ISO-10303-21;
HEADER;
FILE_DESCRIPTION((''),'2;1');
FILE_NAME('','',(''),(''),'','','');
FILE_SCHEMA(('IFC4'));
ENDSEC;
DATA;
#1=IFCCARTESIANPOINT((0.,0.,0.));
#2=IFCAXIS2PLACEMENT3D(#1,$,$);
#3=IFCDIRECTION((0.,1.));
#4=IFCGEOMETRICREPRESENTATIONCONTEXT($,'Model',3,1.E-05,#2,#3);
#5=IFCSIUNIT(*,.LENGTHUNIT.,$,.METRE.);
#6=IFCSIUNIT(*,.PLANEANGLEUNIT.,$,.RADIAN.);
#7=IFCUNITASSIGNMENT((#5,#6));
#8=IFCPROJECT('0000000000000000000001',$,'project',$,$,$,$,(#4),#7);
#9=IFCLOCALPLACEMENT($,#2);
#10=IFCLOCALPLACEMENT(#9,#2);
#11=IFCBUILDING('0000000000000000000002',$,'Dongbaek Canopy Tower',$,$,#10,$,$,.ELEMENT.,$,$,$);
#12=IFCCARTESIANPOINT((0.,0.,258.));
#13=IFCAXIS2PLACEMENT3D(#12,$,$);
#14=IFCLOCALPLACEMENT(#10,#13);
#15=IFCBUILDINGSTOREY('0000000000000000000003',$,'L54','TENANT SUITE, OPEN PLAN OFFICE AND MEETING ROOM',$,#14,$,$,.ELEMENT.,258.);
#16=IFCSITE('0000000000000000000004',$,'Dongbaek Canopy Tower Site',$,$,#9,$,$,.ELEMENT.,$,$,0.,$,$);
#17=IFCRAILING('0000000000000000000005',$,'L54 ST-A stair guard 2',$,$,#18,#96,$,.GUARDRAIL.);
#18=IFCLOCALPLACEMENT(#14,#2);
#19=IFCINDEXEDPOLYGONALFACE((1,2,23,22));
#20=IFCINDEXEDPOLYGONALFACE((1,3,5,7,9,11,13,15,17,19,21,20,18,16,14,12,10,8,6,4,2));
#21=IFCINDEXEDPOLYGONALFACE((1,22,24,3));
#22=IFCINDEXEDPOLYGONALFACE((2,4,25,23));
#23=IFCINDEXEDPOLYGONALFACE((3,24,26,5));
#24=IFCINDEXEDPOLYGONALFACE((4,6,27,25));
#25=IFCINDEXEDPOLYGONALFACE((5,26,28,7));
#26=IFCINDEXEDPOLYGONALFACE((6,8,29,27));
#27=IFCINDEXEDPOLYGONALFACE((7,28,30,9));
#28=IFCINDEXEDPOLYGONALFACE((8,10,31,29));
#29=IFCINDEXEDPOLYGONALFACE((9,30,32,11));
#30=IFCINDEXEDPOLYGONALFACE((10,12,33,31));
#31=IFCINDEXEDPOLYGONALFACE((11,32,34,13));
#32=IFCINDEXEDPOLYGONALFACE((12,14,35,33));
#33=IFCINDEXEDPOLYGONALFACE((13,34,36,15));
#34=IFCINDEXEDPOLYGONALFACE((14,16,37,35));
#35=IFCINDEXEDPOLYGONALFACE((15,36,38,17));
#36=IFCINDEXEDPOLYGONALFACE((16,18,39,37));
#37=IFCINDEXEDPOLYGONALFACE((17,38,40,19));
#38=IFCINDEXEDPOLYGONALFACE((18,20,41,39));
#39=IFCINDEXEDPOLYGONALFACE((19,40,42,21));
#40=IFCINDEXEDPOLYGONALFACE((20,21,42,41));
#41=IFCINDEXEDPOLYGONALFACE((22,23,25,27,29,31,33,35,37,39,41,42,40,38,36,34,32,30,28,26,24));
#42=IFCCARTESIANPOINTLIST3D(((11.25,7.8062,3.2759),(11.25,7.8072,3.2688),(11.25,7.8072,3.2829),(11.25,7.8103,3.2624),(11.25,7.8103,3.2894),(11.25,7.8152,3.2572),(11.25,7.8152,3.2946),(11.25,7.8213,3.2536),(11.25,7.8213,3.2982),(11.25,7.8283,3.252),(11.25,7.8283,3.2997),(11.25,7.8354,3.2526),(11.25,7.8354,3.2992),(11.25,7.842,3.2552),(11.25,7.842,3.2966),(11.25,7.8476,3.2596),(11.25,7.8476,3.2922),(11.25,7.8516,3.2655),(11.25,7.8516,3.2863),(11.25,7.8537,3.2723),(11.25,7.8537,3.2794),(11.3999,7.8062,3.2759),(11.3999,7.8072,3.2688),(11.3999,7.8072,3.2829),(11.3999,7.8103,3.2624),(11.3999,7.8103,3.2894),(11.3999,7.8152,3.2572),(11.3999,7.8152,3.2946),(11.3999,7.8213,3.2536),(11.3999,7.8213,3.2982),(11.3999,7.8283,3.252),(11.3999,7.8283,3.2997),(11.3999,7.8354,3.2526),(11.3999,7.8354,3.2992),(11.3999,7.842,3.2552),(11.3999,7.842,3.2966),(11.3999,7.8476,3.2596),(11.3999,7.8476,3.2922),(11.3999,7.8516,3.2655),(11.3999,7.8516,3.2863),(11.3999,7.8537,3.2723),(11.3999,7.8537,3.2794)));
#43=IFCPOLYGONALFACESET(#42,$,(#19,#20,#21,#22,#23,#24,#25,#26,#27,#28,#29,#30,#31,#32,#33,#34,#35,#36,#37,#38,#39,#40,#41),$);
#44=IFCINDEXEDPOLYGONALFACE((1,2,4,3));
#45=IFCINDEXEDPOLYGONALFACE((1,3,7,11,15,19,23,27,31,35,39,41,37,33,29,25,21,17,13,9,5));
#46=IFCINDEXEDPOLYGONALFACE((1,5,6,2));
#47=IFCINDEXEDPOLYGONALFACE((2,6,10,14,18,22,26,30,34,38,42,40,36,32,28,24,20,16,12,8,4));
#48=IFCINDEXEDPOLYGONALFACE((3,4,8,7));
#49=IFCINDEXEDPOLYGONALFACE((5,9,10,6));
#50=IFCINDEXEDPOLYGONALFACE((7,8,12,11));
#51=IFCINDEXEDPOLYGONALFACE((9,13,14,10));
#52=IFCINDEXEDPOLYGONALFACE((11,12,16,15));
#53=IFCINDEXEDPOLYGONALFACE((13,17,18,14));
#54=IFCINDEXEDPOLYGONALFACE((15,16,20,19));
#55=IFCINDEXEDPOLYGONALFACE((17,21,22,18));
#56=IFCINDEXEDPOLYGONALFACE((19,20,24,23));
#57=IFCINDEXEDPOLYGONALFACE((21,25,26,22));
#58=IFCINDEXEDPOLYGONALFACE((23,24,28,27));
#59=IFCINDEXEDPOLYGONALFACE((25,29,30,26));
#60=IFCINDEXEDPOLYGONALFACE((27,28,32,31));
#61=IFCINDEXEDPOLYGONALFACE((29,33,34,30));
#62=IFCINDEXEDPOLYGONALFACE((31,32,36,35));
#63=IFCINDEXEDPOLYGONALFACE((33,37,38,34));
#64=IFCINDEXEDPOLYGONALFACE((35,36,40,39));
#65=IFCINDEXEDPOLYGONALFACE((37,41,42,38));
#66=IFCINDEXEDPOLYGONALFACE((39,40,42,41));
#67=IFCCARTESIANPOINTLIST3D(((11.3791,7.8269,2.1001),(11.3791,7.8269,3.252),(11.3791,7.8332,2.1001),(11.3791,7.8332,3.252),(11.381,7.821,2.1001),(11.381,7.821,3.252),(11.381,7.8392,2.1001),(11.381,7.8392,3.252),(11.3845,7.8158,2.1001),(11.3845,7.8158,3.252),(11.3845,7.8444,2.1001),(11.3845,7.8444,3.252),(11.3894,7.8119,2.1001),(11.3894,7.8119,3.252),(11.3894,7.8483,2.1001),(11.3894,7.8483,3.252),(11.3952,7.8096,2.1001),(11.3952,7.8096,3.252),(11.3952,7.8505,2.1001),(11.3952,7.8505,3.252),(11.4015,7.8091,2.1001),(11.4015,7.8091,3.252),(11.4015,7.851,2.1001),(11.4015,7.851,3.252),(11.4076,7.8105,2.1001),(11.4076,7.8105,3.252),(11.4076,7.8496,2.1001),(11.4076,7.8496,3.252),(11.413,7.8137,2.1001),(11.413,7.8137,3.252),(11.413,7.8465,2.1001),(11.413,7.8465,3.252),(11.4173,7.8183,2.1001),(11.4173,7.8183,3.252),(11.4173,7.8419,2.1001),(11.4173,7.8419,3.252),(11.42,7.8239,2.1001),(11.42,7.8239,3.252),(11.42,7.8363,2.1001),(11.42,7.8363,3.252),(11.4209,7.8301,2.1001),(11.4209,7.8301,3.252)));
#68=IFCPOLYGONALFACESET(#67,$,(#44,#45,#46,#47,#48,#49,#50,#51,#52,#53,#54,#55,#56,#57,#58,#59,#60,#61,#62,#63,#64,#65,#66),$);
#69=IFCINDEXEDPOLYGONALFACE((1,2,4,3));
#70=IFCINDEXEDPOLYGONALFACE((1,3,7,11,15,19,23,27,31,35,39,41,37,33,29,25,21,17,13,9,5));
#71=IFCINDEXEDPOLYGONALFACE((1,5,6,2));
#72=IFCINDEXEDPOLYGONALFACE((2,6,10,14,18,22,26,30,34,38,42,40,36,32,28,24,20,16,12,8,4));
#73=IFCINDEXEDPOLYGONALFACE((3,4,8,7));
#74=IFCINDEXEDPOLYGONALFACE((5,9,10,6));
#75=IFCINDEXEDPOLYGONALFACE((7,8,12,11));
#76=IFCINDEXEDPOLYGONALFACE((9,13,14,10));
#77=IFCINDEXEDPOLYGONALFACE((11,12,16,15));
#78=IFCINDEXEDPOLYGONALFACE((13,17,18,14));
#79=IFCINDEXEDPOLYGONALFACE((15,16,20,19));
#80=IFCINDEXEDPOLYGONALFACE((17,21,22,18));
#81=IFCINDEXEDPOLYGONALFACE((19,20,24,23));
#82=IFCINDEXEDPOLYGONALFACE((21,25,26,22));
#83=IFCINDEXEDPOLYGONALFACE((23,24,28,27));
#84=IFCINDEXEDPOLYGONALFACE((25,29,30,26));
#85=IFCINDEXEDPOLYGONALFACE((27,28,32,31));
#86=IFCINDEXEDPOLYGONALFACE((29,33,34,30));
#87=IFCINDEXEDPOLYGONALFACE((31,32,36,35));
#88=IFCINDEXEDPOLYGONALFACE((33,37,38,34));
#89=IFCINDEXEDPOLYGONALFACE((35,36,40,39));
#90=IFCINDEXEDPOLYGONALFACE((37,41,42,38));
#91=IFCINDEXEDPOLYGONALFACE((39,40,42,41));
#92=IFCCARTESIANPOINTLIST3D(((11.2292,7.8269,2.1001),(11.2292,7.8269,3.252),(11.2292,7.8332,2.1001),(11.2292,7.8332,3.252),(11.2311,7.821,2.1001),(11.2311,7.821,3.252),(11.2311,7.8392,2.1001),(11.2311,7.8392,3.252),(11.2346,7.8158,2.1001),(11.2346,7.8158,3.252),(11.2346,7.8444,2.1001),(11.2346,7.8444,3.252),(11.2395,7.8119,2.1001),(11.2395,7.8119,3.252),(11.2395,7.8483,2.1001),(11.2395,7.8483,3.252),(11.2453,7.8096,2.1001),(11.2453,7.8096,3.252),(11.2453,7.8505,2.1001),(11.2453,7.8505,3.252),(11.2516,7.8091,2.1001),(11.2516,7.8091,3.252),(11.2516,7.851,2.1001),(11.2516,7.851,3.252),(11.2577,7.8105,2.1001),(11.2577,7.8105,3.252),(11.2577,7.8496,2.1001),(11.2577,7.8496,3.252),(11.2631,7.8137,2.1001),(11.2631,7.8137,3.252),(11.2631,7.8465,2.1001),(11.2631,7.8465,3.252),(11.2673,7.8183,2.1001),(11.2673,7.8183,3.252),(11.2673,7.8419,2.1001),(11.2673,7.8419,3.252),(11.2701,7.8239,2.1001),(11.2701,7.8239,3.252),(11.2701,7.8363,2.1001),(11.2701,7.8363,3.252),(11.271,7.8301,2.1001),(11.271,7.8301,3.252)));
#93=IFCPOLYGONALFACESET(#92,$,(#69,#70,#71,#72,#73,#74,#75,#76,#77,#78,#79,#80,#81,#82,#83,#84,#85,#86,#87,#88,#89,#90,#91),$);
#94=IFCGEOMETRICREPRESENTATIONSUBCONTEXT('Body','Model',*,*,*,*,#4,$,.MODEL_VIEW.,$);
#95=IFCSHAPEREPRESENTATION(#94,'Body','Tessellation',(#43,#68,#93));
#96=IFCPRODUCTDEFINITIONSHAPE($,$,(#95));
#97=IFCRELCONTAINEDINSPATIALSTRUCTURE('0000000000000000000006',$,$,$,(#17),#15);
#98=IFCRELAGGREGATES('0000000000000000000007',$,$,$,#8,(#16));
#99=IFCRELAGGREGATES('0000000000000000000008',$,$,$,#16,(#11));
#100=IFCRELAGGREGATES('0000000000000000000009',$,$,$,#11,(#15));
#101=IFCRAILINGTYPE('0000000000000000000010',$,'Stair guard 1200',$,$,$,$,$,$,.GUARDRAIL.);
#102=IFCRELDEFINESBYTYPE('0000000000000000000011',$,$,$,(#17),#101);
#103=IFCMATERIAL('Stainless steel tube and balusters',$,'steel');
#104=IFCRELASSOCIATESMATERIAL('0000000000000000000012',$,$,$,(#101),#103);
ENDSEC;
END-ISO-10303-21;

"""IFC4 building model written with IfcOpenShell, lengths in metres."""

from ifc_helpers import new_model, si_unit, direction, frame, origin, origin_2d, place, context, subcontext, project, spatial, circle, extrude, material, type_object, element, save


model = new_model("IFC4")

# Units and contexts
model_context = context("Model", 3, precision=1e-05, world=origin(), true_north=direction((0.0, 1.0)))
body_context = subcontext(model_context, "Body", "Model", "MODEL_VIEW")
ifc_project = project(units=[si_unit("LENGTHUNIT", "METRE"), si_unit("PLANEANGLEUNIT", "RADIAN")], contexts=[model_context])

# Site, building, storey
site_placement = place(None, origin())
site = spatial("IfcSite", under=ifc_project, at=site_placement, Name="Dongbaek Canopy Tower Site", CompositionType="ELEMENT", RefElevation=0.0)
building_placement = place(site_placement, origin())
building = spatial("IfcBuilding", under=site, at=building_placement, Name="Dongbaek Canopy Tower", CompositionType="ELEMENT")
storey_placement = place(building_placement, frame((0.0, 0.0, 258.0)))
storey = spatial("IfcBuildingStorey", under=building, at=storey_placement, Name="L54", Description="TENANT SUITE, OPEN PLAN OFFICE AND MEETING ROOM", CompositionType="ELEMENT", Elevation=258.0)

# Railing
ifc_material_1 = material(Name="Stainless steel tube and balusters", Category="steel")
railing_type_1 = type_object("IfcRailingType", Name="Stair guard 1200", PredefinedType="GUARDRAIL", material=ifc_material_1)
railing_1_placement = place(storey_placement, frame((11.3999, 7.8301, 2.1001)))
element("IfcRailing", 1, at=railing_1_placement, inside=storey, type_object=railing_type_1, Name="L54 ST-A stair guard 2", PredefinedType="GUARDRAIL", context=body_context, shape_type="SweptSolid", body=[
    extrude(circle(Radius=0.0239, at=origin_2d()), frame((0.0, 0.0, 1.1758), z_axis=(-1.0, 0.0, 0.0), x_axis=(0.0, -1.0, 0.0)), (0.0, 0.0, 1.0), 0.1499),
    extrude(circle(Radius=0.021, at=origin_2d()), origin(), (0.0, 0.0, 1.0), 1.1519),
    extrude(circle(Radius=0.021, at=origin_2d()), frame((-0.1499, 0.0, 0.0)), (0.0, 0.0, 1.0), 1.1519),
])

save(model, "model.ifc")
